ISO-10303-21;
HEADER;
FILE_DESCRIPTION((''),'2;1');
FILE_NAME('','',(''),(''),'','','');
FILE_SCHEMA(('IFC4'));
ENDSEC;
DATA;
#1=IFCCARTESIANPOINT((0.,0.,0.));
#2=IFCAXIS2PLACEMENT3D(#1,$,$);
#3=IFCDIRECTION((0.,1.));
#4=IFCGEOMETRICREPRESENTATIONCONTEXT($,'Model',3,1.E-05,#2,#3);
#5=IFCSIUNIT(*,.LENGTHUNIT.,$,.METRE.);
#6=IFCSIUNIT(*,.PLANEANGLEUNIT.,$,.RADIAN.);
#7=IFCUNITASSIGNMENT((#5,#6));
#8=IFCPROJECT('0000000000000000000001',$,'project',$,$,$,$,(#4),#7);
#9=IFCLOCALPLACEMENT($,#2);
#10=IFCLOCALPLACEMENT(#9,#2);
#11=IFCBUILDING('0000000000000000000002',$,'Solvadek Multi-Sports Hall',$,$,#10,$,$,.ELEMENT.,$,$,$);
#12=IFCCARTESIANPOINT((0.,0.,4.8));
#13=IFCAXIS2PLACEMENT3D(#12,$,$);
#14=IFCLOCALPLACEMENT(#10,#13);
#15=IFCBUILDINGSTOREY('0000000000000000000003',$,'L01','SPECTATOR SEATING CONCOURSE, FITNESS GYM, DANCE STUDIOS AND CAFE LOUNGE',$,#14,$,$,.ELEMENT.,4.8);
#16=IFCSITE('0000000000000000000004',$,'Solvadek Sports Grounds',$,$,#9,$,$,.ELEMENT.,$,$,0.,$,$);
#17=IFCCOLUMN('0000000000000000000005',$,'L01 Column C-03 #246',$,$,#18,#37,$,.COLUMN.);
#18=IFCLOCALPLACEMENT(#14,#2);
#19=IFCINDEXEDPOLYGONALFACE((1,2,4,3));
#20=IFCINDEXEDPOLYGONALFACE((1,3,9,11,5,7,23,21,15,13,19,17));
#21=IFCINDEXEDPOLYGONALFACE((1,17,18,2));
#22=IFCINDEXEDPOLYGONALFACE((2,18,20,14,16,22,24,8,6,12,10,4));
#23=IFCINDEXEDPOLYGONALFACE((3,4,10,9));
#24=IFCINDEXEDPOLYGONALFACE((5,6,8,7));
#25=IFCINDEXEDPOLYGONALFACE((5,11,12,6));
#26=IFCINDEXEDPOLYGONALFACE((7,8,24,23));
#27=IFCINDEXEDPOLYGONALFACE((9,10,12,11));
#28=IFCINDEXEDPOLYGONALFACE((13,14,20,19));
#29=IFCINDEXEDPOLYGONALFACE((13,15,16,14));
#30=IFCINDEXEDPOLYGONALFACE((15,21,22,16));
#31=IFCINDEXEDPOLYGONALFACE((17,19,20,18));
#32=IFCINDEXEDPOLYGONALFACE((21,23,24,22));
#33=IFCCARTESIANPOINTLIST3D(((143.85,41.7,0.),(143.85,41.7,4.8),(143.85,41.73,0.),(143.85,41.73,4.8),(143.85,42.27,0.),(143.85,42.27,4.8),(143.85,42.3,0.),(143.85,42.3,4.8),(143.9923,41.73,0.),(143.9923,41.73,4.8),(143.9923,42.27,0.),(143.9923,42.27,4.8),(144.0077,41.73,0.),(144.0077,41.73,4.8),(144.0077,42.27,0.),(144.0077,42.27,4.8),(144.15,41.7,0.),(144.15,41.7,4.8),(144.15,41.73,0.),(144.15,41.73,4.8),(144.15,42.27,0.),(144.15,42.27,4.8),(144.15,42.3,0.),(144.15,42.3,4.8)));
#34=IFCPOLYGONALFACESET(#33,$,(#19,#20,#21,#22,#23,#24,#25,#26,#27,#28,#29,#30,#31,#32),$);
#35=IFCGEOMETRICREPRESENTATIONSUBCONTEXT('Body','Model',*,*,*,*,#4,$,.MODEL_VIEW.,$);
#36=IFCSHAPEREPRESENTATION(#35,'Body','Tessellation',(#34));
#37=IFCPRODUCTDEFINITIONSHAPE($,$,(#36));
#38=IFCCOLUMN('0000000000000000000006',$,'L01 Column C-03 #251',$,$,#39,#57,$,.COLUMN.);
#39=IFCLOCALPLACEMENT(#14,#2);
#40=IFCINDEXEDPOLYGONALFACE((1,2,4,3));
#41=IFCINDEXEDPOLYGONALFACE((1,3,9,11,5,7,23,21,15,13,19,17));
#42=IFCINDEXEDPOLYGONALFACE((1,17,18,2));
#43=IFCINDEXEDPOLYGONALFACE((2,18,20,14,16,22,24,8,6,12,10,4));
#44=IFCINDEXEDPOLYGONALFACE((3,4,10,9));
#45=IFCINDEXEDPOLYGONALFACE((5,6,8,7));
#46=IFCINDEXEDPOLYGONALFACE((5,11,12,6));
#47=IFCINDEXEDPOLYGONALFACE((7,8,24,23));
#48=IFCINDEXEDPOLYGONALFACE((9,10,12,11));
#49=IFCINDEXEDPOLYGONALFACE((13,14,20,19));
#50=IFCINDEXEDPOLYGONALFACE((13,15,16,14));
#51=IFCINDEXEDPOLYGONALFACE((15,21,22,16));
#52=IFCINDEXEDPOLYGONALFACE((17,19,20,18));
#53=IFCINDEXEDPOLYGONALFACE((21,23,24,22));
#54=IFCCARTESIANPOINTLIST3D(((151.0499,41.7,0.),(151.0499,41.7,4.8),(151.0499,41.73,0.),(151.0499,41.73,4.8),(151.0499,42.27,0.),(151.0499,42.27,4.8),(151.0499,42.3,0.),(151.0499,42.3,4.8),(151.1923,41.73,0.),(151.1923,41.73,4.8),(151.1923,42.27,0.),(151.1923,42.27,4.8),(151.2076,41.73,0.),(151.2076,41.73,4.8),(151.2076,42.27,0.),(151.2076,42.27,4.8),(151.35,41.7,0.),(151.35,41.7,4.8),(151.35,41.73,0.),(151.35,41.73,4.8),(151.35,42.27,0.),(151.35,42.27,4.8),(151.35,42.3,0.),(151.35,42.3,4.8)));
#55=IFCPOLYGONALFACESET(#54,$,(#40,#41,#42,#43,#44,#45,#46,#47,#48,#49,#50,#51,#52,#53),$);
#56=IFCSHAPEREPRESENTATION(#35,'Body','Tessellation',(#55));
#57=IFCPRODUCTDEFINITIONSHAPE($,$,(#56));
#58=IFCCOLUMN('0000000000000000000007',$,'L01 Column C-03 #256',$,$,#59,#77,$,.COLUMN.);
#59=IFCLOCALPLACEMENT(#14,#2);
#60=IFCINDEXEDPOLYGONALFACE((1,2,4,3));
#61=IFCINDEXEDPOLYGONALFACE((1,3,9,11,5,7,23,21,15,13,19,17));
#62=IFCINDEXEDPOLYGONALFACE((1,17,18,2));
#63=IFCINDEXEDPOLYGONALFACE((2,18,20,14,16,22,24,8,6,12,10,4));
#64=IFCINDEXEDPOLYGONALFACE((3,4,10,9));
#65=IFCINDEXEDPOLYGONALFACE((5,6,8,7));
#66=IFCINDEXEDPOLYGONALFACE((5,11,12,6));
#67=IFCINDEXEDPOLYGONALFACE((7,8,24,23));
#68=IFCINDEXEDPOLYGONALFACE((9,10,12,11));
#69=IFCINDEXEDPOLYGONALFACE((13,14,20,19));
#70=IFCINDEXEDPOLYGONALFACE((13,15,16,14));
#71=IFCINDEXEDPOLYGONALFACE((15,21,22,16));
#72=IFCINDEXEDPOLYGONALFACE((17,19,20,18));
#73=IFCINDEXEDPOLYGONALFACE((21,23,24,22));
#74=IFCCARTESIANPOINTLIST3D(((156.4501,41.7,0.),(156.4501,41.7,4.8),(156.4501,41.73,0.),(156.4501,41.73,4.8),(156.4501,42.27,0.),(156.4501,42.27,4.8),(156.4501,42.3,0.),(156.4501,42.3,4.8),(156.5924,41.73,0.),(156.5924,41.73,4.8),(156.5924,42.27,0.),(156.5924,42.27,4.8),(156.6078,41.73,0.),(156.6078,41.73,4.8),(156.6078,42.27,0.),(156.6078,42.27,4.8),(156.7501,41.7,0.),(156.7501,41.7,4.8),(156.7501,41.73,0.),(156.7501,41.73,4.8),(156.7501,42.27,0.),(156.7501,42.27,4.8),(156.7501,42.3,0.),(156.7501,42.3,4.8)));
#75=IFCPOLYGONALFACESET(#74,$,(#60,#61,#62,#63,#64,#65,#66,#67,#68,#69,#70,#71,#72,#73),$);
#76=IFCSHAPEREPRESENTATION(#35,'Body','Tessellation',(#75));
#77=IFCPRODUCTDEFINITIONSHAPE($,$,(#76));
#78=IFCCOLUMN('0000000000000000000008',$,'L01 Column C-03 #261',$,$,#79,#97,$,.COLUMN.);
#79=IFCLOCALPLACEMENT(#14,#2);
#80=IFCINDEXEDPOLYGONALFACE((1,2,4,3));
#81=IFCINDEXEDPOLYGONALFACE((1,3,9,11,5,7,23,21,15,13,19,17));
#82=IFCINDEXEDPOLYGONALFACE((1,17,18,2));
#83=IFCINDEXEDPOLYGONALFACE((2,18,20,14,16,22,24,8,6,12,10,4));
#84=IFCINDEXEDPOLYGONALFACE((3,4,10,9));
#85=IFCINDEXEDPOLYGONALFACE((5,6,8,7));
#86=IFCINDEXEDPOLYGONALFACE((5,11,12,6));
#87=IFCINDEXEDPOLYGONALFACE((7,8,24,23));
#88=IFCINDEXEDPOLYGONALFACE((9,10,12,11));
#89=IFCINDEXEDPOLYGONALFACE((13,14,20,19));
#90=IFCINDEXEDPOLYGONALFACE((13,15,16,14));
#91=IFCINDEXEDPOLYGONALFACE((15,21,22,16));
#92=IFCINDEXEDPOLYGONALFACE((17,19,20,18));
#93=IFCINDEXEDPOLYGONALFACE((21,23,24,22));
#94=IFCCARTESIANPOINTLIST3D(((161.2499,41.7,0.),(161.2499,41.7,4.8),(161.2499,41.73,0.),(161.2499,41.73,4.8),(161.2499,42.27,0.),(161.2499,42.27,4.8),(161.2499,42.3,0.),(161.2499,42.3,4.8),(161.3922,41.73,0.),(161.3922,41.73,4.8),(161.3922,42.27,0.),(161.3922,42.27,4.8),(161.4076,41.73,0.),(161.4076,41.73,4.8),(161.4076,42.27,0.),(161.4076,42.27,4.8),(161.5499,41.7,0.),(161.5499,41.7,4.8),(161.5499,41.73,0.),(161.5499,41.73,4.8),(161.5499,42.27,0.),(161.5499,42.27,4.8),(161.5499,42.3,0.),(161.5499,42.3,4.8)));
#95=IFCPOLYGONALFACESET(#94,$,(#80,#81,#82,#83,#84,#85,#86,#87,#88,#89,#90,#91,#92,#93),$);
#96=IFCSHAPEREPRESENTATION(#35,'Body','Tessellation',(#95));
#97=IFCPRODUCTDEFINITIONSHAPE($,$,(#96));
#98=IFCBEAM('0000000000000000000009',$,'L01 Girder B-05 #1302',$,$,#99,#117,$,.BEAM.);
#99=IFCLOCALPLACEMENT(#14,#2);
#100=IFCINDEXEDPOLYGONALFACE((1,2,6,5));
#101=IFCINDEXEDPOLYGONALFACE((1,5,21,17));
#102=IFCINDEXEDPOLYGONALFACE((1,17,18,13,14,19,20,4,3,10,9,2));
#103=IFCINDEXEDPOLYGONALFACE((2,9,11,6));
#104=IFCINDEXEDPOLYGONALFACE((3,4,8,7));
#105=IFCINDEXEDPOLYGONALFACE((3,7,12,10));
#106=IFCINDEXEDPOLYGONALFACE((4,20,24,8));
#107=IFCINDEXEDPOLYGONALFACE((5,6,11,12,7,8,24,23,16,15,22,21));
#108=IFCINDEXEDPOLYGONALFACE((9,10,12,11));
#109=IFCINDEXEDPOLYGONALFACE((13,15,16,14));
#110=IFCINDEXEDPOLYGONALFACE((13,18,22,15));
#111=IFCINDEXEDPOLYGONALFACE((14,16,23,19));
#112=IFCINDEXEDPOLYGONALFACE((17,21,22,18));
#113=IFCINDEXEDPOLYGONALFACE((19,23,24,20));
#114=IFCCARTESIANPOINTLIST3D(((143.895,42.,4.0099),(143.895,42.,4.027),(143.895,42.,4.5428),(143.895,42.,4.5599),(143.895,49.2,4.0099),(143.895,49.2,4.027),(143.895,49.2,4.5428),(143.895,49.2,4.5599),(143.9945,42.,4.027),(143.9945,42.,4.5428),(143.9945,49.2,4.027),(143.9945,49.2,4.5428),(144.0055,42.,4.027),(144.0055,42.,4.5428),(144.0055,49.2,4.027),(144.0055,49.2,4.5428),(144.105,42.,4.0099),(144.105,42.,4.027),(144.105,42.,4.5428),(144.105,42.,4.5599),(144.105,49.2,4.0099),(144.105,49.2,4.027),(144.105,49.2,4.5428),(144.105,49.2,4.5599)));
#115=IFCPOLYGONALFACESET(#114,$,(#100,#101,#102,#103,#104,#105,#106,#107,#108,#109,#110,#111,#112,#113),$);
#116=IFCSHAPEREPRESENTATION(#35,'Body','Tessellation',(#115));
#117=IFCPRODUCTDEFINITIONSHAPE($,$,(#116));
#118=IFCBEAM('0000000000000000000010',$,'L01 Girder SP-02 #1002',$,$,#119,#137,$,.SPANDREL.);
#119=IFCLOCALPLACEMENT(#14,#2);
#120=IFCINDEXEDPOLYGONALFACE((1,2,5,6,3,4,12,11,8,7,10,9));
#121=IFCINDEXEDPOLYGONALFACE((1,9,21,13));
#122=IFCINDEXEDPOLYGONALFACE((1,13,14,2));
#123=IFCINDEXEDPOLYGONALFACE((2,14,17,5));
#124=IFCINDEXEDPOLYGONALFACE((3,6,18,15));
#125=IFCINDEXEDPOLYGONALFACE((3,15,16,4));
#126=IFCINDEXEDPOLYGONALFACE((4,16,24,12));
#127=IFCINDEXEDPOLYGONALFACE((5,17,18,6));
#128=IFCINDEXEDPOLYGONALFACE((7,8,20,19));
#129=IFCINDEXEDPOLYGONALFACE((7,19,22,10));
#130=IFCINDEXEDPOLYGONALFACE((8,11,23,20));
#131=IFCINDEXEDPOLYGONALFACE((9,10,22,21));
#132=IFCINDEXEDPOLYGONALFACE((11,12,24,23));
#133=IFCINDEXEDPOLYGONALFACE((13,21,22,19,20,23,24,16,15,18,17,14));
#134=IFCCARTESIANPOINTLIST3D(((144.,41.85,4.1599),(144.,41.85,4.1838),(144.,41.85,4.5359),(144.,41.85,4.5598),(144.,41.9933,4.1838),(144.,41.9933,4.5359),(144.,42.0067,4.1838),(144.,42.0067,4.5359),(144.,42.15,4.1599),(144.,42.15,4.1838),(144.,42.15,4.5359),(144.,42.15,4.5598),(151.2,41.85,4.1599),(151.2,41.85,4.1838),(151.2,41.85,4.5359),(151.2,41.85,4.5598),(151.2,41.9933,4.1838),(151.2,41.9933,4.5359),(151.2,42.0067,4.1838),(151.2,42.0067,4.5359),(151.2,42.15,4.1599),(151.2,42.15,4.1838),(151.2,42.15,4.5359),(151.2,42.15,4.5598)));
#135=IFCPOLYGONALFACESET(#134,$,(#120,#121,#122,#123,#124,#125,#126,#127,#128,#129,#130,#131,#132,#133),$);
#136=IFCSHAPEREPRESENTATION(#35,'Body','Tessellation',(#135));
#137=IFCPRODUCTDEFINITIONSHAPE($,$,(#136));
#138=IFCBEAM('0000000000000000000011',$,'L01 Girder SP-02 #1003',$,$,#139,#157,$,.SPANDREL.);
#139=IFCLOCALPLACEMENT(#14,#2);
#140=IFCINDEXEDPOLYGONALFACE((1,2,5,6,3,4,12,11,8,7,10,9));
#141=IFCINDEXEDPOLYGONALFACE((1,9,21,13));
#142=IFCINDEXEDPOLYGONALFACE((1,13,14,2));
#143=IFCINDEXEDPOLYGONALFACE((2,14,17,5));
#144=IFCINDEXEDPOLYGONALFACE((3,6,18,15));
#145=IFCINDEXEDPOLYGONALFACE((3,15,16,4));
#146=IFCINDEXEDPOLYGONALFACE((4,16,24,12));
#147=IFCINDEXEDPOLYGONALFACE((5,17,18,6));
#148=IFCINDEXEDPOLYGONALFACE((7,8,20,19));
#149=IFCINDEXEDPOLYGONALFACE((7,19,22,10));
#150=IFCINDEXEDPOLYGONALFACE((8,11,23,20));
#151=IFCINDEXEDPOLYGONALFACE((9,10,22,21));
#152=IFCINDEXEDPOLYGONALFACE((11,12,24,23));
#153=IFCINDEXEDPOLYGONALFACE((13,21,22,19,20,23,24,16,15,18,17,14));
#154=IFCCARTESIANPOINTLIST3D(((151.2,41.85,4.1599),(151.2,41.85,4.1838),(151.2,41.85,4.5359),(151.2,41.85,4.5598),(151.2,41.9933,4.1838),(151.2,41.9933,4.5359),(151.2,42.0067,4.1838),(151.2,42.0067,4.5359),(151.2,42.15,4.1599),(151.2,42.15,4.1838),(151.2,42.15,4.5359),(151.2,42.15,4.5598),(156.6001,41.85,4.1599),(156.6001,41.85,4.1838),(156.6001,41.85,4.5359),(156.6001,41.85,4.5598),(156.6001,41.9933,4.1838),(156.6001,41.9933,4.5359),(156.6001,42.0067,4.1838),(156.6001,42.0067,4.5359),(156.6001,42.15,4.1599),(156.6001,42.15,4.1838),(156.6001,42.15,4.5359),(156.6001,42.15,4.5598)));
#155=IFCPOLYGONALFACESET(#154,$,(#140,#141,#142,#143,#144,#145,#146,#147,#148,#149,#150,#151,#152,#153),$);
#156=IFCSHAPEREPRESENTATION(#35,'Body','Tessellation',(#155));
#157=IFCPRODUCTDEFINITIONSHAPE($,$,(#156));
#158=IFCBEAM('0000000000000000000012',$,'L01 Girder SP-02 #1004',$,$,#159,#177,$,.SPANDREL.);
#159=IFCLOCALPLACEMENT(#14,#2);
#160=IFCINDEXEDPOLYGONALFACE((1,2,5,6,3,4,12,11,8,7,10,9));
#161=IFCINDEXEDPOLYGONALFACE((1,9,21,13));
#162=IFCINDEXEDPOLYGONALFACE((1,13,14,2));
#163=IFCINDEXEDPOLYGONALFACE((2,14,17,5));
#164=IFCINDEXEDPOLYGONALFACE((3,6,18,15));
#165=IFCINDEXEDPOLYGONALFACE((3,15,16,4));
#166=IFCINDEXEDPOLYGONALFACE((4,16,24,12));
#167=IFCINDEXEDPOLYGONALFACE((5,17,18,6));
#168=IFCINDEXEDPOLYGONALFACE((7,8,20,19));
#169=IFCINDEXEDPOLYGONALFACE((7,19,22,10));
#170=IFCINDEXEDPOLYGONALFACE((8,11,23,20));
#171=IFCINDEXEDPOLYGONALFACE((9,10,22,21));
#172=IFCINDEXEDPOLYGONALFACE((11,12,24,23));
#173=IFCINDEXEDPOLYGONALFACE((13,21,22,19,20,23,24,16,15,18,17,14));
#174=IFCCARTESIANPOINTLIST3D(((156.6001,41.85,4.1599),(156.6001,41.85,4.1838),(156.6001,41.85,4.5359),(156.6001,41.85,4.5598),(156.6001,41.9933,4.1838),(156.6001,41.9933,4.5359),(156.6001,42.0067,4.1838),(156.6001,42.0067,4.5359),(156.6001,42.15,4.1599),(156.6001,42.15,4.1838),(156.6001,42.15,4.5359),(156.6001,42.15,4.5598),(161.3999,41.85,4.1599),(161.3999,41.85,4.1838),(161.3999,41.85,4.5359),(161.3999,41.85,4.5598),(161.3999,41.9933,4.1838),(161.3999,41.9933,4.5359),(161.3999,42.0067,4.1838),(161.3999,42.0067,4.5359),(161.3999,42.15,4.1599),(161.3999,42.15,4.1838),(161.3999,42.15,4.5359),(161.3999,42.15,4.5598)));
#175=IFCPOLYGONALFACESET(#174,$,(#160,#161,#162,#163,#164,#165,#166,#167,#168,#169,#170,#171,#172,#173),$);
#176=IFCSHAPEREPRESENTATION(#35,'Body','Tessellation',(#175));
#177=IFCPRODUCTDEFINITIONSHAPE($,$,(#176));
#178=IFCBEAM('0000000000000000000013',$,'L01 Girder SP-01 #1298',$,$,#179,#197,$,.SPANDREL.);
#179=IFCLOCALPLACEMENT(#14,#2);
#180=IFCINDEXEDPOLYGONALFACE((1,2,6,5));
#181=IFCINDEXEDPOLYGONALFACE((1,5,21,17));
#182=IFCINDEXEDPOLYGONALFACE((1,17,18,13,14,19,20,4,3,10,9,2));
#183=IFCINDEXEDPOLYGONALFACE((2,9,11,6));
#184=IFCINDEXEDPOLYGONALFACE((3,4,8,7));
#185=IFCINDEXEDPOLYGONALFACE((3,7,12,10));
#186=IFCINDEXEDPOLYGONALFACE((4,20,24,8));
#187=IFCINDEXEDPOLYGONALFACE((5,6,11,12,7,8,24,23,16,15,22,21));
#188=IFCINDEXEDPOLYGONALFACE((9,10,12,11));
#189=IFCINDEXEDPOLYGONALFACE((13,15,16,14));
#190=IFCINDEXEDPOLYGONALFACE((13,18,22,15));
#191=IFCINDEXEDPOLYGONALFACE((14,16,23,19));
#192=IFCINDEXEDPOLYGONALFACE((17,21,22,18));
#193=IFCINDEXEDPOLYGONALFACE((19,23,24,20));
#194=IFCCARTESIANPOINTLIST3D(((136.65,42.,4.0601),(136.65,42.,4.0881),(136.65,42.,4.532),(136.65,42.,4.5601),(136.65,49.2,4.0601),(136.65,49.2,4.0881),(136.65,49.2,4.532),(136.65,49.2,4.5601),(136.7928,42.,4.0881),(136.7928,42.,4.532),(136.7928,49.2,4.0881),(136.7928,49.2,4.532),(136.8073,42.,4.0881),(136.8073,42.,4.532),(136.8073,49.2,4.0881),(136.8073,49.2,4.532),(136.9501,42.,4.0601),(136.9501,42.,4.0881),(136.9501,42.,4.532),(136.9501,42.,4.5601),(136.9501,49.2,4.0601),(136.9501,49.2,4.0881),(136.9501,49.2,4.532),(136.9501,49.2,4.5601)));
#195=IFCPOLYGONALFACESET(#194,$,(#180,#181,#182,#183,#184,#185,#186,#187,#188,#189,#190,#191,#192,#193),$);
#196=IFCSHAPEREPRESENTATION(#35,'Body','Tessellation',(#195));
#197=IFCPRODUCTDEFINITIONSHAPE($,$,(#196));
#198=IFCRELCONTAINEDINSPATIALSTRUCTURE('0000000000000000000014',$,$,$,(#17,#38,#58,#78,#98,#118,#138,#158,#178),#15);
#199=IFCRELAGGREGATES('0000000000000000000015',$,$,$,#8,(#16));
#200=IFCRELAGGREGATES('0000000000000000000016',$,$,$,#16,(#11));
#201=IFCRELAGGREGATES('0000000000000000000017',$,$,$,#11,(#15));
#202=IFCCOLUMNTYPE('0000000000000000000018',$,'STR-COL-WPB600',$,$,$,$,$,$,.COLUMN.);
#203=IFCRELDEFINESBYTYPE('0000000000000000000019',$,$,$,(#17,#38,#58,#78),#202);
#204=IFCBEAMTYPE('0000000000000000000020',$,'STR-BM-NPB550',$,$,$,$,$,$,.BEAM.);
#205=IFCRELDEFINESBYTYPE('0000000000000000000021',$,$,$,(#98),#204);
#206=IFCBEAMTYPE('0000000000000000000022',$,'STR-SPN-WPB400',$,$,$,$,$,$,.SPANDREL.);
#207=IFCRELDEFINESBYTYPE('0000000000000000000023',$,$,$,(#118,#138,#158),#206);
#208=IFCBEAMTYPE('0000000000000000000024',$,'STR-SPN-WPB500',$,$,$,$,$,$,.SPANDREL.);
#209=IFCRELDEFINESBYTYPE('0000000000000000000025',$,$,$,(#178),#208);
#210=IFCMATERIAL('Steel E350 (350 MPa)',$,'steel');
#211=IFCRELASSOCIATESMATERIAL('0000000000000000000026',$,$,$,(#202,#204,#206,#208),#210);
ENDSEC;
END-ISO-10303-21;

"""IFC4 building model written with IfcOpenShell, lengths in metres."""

from ifc_helpers import new_model, si_unit, direction, frame, origin, origin_2d, place, context, subcontext, project, spatial, i_section, extrude, material, material_profile, profile_set, type_object, element, save


model = new_model("IFC4")

# Units and contexts
model_context = context("Model", 3, precision=1e-05, world=origin(), true_north=direction((0.0, 1.0)))
body_context = subcontext(model_context, "Body", "Model", "MODEL_VIEW")
ifc_project = project(units=[si_unit("LENGTHUNIT", "METRE"), si_unit("PLANEANGLEUNIT", "RADIAN")], contexts=[model_context])

# Site, building, storey
site_placement = place(None, origin())
site = spatial("IfcSite", under=ifc_project, at=site_placement, Name="Solvadek Sports Grounds", CompositionType="ELEMENT", RefElevation=0.0)
building_placement = place(site_placement, origin())
building = spatial("IfcBuilding", under=site, at=building_placement, Name="Solvadek Multi-Sports Hall", CompositionType="ELEMENT")
storey_placement = place(building_placement, frame((0.0, 0.0, 4.8)))
storey = spatial("IfcBuildingStorey", under=building, at=storey_placement, Name="L01", Description="SPECTATOR SEATING CONCOURSE, FITNESS GYM, DANCE STUDIOS AND CAFE LOUNGE", CompositionType="ELEMENT", Elevation=4.8)

# Columns
ifc_material_1 = material(Name="Steel E350 (350 MPa)", Category="steel")
ifc_material_profile_1 = material_profile(ifc_material_1, i_section(OverallWidth=0.3, OverallDepth=0.6001, WebThickness=0.0154, FlangeThickness=0.03, at=origin_2d()), Name="WPB 600")
ifc_profile_set_1 = profile_set([ifc_material_profile_1], Name="Steel E350 (350 MPa)")
column_type = type_object("IfcColumnType", Name="STR-COL-WPB600", PredefinedType="COLUMN", material=ifc_profile_set_1)
for number, where, z_axis, x_axis, name in (
    (1, (144.0, 42.0, 0.0), (0.0, 0.0, 1.0), (1.0, 0.0, 0.0), "L01 Column C-03 #246"),
    (2, (151.2, 42.0, 0.0), (0.0, 0.0, 1.0), (1.0, 0.0, 0.0), "L01 Column C-03 #251"),
    (3, (156.6001, 42.0, 0.0), (0.0, 0.0, 1.0), (1.0, 0.0, 0.0), "L01 Column C-03 #256"),
    (4, (161.3999, 42.0, 0.0), (0.0, 0.0, 1.0), (1.0, 0.0, 0.0), "L01 Column C-03 #261"),
):
    element("IfcColumn", number, at=place(storey_placement, frame(where, z_axis=z_axis, x_axis=x_axis)), inside=storey, type_object=column_type, Name=name, PredefinedType="COLUMN", context=body_context, shape_type="SweptSolid", body=[
        extrude(i_section(OverallWidth=0.3, OverallDepth=0.6001, WebThickness=0.0154, FlangeThickness=0.03, at=origin_2d()), origin(), (0.0, 0.0, 1.0), 4.8),
    ])

# Beams
ifc_material_profile_2 = material_profile(ifc_material_1, i_section(OverallWidth=0.21, OverallDepth=0.55, WebThickness=0.011, FlangeThickness=0.0171, at=origin_2d()), Name="NPB 550")
ifc_profile_set_2 = profile_set([ifc_material_profile_2], Name="Steel E350 (350 MPa)")
beam_type_1 = type_object("IfcBeamType", Name="STR-BM-NPB550", PredefinedType="BEAM", material=ifc_profile_set_2)
beam_1_placement = place(storey_placement, frame((144.0, 42.0, 4.2849), z_axis=(0.0, 1.0, 0.0), x_axis=(-1.0, 0.0, 0.0)))
element("IfcBeam", 5, at=beam_1_placement, inside=storey, type_object=beam_type_1, Name="L01 Girder B-05 #1302", PredefinedType="BEAM", context=body_context, shape_type="SweptSolid", body=[
    extrude(i_section(OverallWidth=0.21, OverallDepth=0.55, WebThickness=0.011, FlangeThickness=0.0171, at=origin_2d()), origin(), (0.0, 0.0, 1.0), 7.2),
])
ifc_material_profile_3 = material_profile(ifc_material_1, i_section(OverallWidth=0.3, OverallDepth=0.3999, WebThickness=0.0134, FlangeThickness=0.0239, at=origin_2d()), Name="WPB 400")
ifc_profile_set_3 = profile_set([ifc_material_profile_3], Name="Steel E350 (350 MPa)")
beam_type_2 = type_object("IfcBeamType", Name="STR-SPN-WPB400", PredefinedType="SPANDREL", material=ifc_profile_set_3)
beam_2_placement = place(storey_placement, frame((144.0, 42.0, 4.3599), z_axis=(1.0, 0.0, 0.0), x_axis=(0.0, 1.0, 0.0)))
element("IfcBeam", 6, at=beam_2_placement, inside=storey, type_object=beam_type_2, Name="L01 Girder SP-02 #1002", PredefinedType="SPANDREL", context=body_context, shape_type="SweptSolid", body=[
    extrude(i_section(OverallWidth=0.3, OverallDepth=0.3999, WebThickness=0.0134, FlangeThickness=0.0239, at=origin_2d()), origin(), (0.0, 0.0, 1.0), 7.2),
])
beam_3_placement = place(storey_placement, frame((151.2, 42.0, 4.3599), z_axis=(1.0, 0.0, 0.0), x_axis=(0.0, 1.0, 0.0)))
element("IfcBeam", 7, at=beam_3_placement, inside=storey, type_object=beam_type_2, Name="L01 Girder SP-02 #1003", PredefinedType="SPANDREL", context=body_context, shape_type="SweptSolid", body=[
    extrude(i_section(OverallWidth=0.3, OverallDepth=0.3999, WebThickness=0.0134, FlangeThickness=0.0239, at=origin_2d()), origin(), (0.0, 0.0, 1.0), 5.4001),
])
beam_4_placement = place(storey_placement, frame((156.6001, 42.0, 4.3599), z_axis=(1.0, 0.0, 0.0), x_axis=(0.0, 1.0, 0.0)))
element("IfcBeam", 8, at=beam_4_placement, inside=storey, type_object=beam_type_2, Name="L01 Girder SP-02 #1004", PredefinedType="SPANDREL", context=body_context, shape_type="SweptSolid", body=[
    extrude(i_section(OverallWidth=0.3, OverallDepth=0.3999, WebThickness=0.0134, FlangeThickness=0.0239, at=origin_2d()), origin(), (0.0, 0.0, 1.0), 4.7998),
])
ifc_material_profile_4 = material_profile(ifc_material_1, i_section(OverallWidth=0.3, OverallDepth=0.5, WebThickness=0.0144, FlangeThickness=0.0281, at=origin_2d()), Name="WPB 500")
ifc_profile_set_4 = profile_set([ifc_material_profile_4], Name="Steel E350 (350 MPa)")
beam_type_3 = type_object("IfcBeamType", Name="STR-SPN-WPB500", PredefinedType="SPANDREL", material=ifc_profile_set_4)
for number, where, z_axis, x_axis, name in (
    (9, (136.8, 42.0, 4.3101), (0.0, 1.0, 0.0), (-1.0, 0.0, 0.0), "L01 Girder SP-01 #1298"),
):
    element("IfcBeam", number, at=place(storey_placement, frame(where, z_axis=z_axis, x_axis=x_axis)), inside=storey, type_object=beam_type_3, Name=name, PredefinedType="SPANDREL", context=body_context, shape_type="SweptSolid", body=[
        extrude(i_section(OverallWidth=0.3, OverallDepth=0.5, WebThickness=0.0144, FlangeThickness=0.0281, at=origin_2d()), origin(), (0.0, 0.0, 1.0), 7.2),
    ])

save(model, "model.ifc")
